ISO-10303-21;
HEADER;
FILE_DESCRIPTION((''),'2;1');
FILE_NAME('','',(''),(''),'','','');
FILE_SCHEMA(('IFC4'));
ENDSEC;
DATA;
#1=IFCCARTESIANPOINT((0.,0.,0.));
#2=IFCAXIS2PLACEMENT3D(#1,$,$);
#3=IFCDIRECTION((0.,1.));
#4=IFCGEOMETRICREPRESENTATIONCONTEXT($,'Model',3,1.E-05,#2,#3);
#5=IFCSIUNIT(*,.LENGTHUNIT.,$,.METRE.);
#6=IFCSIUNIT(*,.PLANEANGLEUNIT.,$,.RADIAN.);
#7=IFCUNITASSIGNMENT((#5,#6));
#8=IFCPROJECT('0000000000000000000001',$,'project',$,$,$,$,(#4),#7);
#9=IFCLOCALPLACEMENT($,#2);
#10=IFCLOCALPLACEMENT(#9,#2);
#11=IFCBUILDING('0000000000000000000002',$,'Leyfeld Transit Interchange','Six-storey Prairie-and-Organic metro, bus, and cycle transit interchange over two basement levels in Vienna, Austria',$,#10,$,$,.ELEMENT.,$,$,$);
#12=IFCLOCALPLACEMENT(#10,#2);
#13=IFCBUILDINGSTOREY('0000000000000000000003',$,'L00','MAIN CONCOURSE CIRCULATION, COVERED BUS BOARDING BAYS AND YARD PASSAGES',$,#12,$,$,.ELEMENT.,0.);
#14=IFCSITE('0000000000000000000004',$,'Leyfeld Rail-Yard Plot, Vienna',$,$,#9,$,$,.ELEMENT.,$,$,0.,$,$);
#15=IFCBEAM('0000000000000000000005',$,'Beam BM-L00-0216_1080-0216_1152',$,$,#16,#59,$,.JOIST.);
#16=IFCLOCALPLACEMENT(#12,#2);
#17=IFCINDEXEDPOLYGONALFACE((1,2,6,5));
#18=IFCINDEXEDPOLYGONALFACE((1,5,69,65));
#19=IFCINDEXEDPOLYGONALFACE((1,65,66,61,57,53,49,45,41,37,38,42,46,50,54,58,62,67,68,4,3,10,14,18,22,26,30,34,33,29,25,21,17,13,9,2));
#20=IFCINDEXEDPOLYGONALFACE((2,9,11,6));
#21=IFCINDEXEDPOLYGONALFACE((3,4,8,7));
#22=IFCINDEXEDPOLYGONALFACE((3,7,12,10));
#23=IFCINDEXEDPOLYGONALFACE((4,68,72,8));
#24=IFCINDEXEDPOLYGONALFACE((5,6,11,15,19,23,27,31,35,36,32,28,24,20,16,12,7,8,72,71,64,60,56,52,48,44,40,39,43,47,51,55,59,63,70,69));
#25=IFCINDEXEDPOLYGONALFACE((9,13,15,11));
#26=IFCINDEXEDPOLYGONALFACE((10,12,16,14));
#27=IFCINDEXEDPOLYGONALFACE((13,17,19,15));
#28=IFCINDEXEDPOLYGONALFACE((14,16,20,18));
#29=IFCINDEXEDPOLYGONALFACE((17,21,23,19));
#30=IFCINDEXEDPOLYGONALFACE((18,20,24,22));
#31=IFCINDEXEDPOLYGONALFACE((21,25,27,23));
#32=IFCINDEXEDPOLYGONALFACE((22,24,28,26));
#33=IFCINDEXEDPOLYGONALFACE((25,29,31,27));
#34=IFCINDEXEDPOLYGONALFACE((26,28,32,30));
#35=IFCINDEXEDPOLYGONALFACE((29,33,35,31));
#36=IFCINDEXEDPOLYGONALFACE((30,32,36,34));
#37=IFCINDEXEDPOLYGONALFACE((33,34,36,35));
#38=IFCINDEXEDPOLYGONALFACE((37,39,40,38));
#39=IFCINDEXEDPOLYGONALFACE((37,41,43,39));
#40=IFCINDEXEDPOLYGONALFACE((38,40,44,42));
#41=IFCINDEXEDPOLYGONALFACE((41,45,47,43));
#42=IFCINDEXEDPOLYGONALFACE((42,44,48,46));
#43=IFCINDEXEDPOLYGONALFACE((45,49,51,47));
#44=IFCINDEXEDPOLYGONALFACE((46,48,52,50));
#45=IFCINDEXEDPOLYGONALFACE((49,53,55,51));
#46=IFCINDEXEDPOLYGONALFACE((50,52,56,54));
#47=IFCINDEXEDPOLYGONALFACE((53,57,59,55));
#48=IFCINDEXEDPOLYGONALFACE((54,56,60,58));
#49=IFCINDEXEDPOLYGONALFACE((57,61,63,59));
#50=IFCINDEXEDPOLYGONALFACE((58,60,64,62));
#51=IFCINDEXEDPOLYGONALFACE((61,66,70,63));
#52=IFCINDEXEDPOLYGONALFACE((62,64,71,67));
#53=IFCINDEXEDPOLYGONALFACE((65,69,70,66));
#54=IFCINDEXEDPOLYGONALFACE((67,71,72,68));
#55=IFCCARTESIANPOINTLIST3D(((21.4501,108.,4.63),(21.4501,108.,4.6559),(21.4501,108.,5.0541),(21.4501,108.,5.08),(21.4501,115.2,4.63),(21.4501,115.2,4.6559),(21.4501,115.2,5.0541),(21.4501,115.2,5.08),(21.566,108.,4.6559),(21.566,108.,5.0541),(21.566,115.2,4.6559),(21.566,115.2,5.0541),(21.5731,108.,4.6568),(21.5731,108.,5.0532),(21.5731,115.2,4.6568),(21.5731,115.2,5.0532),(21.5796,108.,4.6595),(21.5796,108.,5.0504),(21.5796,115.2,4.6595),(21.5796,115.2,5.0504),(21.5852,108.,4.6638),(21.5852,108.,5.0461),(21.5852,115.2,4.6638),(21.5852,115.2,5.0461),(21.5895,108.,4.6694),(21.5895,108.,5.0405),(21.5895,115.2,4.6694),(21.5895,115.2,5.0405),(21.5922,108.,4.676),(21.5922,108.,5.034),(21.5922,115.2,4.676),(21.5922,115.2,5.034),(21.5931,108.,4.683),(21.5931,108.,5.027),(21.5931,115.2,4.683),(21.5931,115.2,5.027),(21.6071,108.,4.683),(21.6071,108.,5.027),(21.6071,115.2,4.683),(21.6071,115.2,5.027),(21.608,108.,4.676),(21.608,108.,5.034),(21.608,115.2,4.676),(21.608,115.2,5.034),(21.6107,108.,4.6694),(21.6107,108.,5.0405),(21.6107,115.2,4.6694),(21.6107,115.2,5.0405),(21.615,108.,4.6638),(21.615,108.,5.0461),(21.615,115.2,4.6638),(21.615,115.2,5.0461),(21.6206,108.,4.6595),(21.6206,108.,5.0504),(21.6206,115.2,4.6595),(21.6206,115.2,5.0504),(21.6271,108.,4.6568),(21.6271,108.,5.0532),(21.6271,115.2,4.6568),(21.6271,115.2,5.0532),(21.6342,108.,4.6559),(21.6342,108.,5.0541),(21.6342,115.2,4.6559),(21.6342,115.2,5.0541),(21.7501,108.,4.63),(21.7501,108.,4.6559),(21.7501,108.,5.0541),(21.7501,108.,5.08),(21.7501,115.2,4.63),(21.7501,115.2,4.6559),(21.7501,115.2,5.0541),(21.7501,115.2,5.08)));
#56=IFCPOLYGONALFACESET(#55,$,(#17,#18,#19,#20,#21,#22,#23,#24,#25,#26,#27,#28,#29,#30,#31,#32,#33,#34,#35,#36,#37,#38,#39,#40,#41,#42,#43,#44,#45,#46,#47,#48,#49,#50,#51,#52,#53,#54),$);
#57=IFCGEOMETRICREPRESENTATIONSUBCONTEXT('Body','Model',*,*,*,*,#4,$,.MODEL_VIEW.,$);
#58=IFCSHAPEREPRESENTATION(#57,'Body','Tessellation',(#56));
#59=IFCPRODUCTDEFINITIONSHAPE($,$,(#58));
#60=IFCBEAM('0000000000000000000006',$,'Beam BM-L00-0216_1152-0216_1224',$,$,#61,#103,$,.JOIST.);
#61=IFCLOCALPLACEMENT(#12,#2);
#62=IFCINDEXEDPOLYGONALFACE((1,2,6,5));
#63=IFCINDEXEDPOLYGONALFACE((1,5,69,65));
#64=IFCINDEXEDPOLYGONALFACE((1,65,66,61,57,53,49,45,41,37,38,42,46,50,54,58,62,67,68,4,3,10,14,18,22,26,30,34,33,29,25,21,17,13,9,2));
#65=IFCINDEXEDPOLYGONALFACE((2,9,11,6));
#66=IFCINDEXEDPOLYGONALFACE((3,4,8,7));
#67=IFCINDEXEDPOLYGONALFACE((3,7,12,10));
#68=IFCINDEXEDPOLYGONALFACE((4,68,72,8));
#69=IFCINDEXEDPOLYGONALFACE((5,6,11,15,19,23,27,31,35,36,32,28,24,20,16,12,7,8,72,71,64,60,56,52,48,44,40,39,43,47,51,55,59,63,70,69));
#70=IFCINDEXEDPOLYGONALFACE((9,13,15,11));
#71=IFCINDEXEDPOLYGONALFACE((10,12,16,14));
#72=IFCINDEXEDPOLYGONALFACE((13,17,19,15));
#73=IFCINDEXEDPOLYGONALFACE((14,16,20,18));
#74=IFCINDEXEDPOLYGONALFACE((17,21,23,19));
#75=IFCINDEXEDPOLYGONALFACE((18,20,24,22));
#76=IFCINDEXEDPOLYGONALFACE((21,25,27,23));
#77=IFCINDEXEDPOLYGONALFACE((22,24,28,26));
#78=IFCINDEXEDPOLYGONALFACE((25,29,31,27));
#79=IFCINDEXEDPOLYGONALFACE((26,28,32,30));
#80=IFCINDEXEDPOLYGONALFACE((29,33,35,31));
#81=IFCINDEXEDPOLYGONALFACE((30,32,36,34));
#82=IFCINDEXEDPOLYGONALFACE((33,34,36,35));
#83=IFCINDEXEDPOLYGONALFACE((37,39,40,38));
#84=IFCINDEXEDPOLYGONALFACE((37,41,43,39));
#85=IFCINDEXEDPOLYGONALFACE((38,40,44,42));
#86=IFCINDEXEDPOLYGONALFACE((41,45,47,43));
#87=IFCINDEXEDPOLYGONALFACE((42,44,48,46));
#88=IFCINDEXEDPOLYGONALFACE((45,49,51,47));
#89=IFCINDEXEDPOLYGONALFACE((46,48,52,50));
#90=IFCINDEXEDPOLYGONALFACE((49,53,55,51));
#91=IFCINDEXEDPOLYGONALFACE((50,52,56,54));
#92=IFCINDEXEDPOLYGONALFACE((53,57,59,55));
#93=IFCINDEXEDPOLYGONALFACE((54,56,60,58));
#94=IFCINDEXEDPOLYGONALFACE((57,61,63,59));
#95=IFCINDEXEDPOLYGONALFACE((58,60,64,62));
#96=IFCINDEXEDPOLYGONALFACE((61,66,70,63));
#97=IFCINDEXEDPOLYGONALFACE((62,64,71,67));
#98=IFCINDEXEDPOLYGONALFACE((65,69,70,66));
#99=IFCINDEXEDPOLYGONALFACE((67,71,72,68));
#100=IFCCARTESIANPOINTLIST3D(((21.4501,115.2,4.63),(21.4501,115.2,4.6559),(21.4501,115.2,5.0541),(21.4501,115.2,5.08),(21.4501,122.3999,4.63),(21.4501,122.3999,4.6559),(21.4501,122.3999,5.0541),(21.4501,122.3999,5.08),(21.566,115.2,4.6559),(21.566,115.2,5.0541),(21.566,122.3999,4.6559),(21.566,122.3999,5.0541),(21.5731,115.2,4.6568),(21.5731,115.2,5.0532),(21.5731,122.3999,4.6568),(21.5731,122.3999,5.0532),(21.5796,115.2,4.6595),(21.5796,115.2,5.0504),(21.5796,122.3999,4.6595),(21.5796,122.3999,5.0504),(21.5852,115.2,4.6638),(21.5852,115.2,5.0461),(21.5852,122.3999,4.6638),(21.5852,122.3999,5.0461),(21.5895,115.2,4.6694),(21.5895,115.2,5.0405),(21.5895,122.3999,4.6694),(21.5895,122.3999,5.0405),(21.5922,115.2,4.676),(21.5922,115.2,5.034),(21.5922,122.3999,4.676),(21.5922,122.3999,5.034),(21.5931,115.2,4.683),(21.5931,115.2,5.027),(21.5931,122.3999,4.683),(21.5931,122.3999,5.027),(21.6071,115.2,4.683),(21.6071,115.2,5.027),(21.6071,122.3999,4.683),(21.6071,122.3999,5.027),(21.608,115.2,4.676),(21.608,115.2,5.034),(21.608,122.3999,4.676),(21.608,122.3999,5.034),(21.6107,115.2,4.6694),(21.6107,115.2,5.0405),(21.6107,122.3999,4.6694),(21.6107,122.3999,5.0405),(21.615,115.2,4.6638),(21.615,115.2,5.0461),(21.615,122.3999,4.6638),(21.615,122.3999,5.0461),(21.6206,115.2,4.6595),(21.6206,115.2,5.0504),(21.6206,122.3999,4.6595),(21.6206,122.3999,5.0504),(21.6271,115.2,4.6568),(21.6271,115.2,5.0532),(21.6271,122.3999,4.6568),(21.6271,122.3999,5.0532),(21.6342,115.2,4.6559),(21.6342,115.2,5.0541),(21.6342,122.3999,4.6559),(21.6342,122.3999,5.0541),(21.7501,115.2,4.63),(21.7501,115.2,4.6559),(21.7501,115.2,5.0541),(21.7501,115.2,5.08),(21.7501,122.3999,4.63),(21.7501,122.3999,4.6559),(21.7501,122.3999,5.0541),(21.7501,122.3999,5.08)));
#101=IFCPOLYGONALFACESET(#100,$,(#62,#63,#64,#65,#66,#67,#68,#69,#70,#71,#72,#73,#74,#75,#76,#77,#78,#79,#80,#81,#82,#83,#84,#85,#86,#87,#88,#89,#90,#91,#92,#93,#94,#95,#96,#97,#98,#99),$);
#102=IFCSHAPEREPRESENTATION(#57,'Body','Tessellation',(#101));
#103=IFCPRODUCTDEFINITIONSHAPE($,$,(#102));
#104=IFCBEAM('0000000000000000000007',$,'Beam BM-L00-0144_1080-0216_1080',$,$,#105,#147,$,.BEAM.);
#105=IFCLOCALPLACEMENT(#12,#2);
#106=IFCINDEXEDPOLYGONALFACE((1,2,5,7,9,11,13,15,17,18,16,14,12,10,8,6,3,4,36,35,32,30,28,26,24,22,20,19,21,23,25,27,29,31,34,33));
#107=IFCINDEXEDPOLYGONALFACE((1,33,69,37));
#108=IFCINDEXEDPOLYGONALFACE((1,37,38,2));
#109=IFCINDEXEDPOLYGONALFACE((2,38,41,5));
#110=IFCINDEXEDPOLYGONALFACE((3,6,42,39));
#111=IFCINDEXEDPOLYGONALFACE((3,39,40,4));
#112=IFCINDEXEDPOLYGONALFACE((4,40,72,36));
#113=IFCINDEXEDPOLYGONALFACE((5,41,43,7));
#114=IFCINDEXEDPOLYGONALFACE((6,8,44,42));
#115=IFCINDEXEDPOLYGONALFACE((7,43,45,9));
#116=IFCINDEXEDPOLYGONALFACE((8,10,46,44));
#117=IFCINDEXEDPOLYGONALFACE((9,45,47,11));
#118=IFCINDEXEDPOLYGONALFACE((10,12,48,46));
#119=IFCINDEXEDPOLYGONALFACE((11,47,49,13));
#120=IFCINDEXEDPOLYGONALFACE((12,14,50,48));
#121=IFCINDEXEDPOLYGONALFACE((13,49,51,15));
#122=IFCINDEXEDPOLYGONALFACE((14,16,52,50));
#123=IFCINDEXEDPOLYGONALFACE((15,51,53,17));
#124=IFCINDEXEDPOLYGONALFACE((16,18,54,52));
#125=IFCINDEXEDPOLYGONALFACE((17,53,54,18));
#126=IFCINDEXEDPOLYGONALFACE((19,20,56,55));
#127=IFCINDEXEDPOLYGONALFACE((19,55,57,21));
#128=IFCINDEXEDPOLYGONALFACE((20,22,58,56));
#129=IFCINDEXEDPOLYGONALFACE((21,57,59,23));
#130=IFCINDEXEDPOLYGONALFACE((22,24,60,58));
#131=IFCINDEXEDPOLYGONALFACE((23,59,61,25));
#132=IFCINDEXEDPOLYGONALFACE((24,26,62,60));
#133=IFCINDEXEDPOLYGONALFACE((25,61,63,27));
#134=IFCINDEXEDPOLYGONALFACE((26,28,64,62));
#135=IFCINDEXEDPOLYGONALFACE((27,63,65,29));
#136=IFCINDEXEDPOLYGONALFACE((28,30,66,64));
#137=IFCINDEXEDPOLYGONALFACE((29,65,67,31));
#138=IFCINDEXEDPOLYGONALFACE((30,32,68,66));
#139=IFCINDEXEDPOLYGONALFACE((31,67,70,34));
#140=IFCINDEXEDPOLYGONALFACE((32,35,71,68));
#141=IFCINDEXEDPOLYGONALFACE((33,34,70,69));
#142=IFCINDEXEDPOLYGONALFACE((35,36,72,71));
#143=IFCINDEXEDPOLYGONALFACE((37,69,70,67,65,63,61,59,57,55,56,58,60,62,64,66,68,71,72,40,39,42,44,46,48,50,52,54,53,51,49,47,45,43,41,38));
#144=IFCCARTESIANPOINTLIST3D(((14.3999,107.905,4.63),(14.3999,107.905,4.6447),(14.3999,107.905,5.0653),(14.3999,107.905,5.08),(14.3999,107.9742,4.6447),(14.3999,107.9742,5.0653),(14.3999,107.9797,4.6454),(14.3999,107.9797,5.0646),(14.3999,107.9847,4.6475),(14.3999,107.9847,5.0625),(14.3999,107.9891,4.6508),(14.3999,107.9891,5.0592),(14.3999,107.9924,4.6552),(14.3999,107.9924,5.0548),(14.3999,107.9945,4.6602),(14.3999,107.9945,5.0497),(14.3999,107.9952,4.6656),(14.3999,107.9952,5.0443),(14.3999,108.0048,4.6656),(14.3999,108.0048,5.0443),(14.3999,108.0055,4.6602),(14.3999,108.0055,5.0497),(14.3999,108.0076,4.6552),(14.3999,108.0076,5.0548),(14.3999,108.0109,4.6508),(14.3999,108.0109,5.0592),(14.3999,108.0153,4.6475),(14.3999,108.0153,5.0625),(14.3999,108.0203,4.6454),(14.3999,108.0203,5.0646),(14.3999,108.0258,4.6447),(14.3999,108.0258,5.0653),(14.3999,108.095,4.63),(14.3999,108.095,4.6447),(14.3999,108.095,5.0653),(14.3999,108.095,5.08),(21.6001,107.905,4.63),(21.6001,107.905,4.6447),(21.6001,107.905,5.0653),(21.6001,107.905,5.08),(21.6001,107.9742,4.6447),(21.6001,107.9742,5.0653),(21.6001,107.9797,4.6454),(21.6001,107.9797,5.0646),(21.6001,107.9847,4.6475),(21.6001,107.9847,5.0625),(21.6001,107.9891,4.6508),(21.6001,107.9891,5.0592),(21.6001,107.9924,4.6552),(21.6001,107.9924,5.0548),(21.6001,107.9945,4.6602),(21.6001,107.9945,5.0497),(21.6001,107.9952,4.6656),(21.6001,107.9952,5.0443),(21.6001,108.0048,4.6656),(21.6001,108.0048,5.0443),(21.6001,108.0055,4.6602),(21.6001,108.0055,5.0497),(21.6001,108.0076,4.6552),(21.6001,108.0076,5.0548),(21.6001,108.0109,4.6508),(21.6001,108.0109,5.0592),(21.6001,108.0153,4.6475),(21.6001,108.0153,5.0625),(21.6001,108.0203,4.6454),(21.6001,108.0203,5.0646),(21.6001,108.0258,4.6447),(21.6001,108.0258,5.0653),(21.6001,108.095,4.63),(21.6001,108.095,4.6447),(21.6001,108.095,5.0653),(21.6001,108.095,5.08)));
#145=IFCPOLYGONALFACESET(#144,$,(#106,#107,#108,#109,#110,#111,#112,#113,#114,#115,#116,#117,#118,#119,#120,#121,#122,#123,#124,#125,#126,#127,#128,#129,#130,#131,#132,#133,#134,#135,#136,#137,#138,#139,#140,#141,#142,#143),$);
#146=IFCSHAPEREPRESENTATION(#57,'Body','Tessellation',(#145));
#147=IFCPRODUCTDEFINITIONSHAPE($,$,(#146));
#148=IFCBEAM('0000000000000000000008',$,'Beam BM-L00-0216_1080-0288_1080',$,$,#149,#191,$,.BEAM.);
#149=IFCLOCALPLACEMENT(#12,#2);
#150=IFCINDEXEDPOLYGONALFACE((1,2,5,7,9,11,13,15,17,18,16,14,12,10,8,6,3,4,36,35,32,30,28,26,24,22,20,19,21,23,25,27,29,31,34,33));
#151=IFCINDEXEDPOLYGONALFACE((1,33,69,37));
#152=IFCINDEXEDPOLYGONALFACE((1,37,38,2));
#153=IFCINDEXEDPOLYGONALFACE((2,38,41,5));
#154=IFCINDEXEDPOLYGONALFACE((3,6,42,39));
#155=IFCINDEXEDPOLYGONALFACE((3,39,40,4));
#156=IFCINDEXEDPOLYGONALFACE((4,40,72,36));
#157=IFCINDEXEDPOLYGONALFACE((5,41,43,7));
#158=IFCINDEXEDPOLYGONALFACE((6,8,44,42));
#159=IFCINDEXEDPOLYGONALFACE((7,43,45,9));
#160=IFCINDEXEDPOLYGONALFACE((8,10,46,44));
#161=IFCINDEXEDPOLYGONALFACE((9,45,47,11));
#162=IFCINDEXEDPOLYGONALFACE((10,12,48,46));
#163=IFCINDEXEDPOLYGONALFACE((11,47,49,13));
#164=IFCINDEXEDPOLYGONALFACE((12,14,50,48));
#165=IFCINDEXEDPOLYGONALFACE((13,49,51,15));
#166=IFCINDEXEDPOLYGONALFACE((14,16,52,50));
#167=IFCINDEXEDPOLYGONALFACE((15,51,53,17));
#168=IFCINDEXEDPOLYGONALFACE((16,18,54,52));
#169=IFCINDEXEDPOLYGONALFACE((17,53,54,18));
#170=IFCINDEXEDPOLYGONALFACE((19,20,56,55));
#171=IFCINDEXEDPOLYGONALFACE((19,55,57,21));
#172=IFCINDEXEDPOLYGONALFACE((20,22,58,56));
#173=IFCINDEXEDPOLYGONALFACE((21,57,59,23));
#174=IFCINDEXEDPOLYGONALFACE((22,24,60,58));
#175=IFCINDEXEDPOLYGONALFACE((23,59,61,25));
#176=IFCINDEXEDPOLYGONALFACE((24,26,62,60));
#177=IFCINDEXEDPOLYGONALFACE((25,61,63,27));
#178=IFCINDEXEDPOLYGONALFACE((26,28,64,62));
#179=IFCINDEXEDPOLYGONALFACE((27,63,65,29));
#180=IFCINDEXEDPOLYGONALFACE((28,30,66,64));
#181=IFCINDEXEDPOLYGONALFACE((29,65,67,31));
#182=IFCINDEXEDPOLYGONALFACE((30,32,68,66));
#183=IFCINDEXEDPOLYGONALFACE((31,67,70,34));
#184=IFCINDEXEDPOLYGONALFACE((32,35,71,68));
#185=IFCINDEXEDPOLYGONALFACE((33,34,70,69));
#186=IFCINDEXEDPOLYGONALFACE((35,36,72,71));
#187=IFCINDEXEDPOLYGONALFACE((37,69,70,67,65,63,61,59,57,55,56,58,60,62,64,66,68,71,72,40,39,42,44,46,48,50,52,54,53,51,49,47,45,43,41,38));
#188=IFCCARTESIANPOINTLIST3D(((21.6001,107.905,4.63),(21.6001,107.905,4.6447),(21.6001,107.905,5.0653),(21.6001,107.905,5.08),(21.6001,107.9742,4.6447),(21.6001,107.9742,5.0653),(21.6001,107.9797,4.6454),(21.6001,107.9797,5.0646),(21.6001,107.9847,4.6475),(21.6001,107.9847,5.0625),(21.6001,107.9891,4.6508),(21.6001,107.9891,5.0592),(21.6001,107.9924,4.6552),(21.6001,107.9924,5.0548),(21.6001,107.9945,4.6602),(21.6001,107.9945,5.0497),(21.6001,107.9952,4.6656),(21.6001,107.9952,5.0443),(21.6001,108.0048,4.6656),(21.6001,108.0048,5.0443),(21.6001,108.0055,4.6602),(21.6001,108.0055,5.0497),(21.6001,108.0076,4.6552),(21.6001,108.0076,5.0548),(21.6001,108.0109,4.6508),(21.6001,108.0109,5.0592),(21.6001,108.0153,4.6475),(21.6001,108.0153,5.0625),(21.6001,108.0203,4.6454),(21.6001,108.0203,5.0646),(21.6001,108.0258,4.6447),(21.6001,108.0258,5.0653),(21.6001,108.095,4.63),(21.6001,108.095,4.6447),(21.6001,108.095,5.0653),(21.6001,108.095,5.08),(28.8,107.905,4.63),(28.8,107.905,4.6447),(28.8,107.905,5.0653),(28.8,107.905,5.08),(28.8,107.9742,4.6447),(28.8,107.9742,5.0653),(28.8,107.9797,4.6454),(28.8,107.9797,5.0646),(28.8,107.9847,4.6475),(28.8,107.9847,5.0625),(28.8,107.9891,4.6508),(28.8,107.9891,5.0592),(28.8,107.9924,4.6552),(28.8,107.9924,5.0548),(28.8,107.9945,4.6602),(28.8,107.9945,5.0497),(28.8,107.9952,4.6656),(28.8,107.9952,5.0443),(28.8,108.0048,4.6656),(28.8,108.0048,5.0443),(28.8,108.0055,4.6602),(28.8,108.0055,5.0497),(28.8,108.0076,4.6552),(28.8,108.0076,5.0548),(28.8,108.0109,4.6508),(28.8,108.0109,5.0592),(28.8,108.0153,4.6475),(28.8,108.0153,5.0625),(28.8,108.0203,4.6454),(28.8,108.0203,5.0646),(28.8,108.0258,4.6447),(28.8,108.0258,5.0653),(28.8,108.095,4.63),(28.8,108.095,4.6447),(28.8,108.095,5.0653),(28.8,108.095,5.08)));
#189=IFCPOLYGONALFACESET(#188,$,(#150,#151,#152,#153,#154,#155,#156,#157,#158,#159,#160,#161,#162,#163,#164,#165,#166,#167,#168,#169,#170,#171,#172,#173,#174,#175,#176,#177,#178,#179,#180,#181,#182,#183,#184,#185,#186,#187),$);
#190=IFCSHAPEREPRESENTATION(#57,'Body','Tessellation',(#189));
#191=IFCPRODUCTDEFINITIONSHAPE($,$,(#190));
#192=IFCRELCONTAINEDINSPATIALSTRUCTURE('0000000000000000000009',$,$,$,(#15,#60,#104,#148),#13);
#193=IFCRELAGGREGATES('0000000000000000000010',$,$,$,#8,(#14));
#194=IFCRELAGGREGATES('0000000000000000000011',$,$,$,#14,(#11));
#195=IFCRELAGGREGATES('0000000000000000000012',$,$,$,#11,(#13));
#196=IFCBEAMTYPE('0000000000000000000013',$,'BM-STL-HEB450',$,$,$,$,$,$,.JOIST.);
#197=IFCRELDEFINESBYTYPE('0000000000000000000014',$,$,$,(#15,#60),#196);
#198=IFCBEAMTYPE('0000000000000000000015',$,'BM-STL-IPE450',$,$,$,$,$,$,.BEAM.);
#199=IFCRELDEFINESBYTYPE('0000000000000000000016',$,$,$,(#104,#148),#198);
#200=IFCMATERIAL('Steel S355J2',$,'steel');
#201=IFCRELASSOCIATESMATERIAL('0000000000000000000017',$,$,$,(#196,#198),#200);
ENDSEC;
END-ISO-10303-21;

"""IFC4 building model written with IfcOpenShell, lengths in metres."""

from ifc_helpers import new_model, si_unit, direction, frame, origin, origin_2d, place, context, subcontext, project, spatial, i_section, extrude, material, material_profile, profile_set, type_object, element, save


model = new_model("IFC4")

# Units and contexts
model_context = context("Model", 3, precision=1e-05, world=origin(), true_north=direction((0.0, 1.0)))
body_context = subcontext(model_context, "Body", "Model", "MODEL_VIEW")
ifc_project = project(units=[si_unit("LENGTHUNIT", "METRE"), si_unit("PLANEANGLEUNIT", "RADIAN")], contexts=[model_context])

# Site, building, storey
site_placement = place(None, origin())
site = spatial("IfcSite", under=ifc_project, at=site_placement, Name="Leyfeld Rail-Yard Plot, Vienna", CompositionType="ELEMENT", RefElevation=0.0)
building_placement = place(site_placement, origin())
building = spatial("IfcBuilding", under=site, at=building_placement, Name="Leyfeld Transit Interchange", Description="Six-storey Prairie-and-Organic metro, bus, and cycle transit interchange over two basement levels in Vienna, Austria", CompositionType="ELEMENT")
storey_placement = place(building_placement, origin())
storey = spatial("IfcBuildingStorey", under=building, at=storey_placement, Name="L00", Description="MAIN CONCOURSE CIRCULATION, COVERED BUS BOARDING BAYS AND YARD PASSAGES", CompositionType="ELEMENT", Elevation=0.0)

# Beams
ifc_material_1 = material(Name="Steel S355J2", Category="steel")
ifc_material_profile_1 = material_profile(ifc_material_1, i_section(OverallWidth=0.3, OverallDepth=0.45, WebThickness=0.0139, FlangeThickness=0.0259, FilletRadius=0.0271, at=origin_2d()), Name="HEB 450")
ifc_profile_set_1 = profile_set([ifc_material_profile_1], Name="Steel S355J2")
beam_type_1 = type_object("IfcBeamType", Name="BM-STL-HEB450", PredefinedType="JOIST", material=ifc_profile_set_1)
for number, where, z_axis, x_axis, name in (
    (1, (21.6001, 108.0, 4.855), (0.0, 1.0, 0.0), (-1.0, 0.0, 0.0), "Beam BM-L00-0216_1080-0216_1152"),
    (2, (21.6001, 115.2, 4.855), (0.0, 1.0, 0.0), (-1.0, 0.0, 0.0), "Beam BM-L00-0216_1152-0216_1224"),
):
    element("IfcBeam", number, at=place(storey_placement, frame(where, z_axis=z_axis, x_axis=x_axis)), inside=storey, type_object=beam_type_1, Name=name, PredefinedType="JOIST", context=body_context, shape_type="SweptSolid", body=[
        extrude(i_section(OverallWidth=0.3, OverallDepth=0.45, WebThickness=0.0139, FlangeThickness=0.0259, FilletRadius=0.0271, at=origin_2d()), origin(), (0.0, 0.0, 1.0), 7.2),
    ])
ifc_material_profile_2 = material_profile(ifc_material_1, i_section(OverallWidth=0.1899, OverallDepth=0.45, WebThickness=0.0095, FlangeThickness=0.0146, FilletRadius=0.021, at=origin_2d()), Name="IPE 450")
ifc_profile_set_2 = profile_set([ifc_material_profile_2], Name="Steel S355J2")
beam_type_2 = type_object("IfcBeamType", Name="BM-STL-IPE450", PredefinedType="BEAM", material=ifc_profile_set_2)
beam_1_placement = place(storey_placement, frame((14.3999, 108.0, 4.855), z_axis=(1.0, 0.0, 0.0), x_axis=(0.0, 1.0, 0.0)))
element("IfcBeam", 3, at=beam_1_placement, inside=storey, type_object=beam_type_2, Name="Beam BM-L00-0144_1080-0216_1080", PredefinedType="BEAM", context=body_context, shape_type="SweptSolid", body=[
    extrude(i_section(OverallWidth=0.1899, OverallDepth=0.45, WebThickness=0.0095, FlangeThickness=0.0146, FilletRadius=0.021, at=origin_2d()), origin(), (0.0, 0.0, 1.0), 7.2002),
])
beam_2_placement = place(storey_placement, frame((21.6001, 108.0, 4.855), z_axis=(1.0, 0.0, 0.0), x_axis=(0.0, 1.0, 0.0)))
element("IfcBeam", 4, at=beam_2_placement, inside=storey, type_object=beam_type_2, Name="Beam BM-L00-0216_1080-0288_1080", PredefinedType="BEAM", context=body_context, shape_type="SweptSolid", body=[
    extrude(i_section(OverallWidth=0.1899, OverallDepth=0.45, WebThickness=0.0095, FlangeThickness=0.0146, FilletRadius=0.021, at=origin_2d()), origin(), (0.0, 0.0, 1.0), 7.2),
])

save(model, "model.ifc")
